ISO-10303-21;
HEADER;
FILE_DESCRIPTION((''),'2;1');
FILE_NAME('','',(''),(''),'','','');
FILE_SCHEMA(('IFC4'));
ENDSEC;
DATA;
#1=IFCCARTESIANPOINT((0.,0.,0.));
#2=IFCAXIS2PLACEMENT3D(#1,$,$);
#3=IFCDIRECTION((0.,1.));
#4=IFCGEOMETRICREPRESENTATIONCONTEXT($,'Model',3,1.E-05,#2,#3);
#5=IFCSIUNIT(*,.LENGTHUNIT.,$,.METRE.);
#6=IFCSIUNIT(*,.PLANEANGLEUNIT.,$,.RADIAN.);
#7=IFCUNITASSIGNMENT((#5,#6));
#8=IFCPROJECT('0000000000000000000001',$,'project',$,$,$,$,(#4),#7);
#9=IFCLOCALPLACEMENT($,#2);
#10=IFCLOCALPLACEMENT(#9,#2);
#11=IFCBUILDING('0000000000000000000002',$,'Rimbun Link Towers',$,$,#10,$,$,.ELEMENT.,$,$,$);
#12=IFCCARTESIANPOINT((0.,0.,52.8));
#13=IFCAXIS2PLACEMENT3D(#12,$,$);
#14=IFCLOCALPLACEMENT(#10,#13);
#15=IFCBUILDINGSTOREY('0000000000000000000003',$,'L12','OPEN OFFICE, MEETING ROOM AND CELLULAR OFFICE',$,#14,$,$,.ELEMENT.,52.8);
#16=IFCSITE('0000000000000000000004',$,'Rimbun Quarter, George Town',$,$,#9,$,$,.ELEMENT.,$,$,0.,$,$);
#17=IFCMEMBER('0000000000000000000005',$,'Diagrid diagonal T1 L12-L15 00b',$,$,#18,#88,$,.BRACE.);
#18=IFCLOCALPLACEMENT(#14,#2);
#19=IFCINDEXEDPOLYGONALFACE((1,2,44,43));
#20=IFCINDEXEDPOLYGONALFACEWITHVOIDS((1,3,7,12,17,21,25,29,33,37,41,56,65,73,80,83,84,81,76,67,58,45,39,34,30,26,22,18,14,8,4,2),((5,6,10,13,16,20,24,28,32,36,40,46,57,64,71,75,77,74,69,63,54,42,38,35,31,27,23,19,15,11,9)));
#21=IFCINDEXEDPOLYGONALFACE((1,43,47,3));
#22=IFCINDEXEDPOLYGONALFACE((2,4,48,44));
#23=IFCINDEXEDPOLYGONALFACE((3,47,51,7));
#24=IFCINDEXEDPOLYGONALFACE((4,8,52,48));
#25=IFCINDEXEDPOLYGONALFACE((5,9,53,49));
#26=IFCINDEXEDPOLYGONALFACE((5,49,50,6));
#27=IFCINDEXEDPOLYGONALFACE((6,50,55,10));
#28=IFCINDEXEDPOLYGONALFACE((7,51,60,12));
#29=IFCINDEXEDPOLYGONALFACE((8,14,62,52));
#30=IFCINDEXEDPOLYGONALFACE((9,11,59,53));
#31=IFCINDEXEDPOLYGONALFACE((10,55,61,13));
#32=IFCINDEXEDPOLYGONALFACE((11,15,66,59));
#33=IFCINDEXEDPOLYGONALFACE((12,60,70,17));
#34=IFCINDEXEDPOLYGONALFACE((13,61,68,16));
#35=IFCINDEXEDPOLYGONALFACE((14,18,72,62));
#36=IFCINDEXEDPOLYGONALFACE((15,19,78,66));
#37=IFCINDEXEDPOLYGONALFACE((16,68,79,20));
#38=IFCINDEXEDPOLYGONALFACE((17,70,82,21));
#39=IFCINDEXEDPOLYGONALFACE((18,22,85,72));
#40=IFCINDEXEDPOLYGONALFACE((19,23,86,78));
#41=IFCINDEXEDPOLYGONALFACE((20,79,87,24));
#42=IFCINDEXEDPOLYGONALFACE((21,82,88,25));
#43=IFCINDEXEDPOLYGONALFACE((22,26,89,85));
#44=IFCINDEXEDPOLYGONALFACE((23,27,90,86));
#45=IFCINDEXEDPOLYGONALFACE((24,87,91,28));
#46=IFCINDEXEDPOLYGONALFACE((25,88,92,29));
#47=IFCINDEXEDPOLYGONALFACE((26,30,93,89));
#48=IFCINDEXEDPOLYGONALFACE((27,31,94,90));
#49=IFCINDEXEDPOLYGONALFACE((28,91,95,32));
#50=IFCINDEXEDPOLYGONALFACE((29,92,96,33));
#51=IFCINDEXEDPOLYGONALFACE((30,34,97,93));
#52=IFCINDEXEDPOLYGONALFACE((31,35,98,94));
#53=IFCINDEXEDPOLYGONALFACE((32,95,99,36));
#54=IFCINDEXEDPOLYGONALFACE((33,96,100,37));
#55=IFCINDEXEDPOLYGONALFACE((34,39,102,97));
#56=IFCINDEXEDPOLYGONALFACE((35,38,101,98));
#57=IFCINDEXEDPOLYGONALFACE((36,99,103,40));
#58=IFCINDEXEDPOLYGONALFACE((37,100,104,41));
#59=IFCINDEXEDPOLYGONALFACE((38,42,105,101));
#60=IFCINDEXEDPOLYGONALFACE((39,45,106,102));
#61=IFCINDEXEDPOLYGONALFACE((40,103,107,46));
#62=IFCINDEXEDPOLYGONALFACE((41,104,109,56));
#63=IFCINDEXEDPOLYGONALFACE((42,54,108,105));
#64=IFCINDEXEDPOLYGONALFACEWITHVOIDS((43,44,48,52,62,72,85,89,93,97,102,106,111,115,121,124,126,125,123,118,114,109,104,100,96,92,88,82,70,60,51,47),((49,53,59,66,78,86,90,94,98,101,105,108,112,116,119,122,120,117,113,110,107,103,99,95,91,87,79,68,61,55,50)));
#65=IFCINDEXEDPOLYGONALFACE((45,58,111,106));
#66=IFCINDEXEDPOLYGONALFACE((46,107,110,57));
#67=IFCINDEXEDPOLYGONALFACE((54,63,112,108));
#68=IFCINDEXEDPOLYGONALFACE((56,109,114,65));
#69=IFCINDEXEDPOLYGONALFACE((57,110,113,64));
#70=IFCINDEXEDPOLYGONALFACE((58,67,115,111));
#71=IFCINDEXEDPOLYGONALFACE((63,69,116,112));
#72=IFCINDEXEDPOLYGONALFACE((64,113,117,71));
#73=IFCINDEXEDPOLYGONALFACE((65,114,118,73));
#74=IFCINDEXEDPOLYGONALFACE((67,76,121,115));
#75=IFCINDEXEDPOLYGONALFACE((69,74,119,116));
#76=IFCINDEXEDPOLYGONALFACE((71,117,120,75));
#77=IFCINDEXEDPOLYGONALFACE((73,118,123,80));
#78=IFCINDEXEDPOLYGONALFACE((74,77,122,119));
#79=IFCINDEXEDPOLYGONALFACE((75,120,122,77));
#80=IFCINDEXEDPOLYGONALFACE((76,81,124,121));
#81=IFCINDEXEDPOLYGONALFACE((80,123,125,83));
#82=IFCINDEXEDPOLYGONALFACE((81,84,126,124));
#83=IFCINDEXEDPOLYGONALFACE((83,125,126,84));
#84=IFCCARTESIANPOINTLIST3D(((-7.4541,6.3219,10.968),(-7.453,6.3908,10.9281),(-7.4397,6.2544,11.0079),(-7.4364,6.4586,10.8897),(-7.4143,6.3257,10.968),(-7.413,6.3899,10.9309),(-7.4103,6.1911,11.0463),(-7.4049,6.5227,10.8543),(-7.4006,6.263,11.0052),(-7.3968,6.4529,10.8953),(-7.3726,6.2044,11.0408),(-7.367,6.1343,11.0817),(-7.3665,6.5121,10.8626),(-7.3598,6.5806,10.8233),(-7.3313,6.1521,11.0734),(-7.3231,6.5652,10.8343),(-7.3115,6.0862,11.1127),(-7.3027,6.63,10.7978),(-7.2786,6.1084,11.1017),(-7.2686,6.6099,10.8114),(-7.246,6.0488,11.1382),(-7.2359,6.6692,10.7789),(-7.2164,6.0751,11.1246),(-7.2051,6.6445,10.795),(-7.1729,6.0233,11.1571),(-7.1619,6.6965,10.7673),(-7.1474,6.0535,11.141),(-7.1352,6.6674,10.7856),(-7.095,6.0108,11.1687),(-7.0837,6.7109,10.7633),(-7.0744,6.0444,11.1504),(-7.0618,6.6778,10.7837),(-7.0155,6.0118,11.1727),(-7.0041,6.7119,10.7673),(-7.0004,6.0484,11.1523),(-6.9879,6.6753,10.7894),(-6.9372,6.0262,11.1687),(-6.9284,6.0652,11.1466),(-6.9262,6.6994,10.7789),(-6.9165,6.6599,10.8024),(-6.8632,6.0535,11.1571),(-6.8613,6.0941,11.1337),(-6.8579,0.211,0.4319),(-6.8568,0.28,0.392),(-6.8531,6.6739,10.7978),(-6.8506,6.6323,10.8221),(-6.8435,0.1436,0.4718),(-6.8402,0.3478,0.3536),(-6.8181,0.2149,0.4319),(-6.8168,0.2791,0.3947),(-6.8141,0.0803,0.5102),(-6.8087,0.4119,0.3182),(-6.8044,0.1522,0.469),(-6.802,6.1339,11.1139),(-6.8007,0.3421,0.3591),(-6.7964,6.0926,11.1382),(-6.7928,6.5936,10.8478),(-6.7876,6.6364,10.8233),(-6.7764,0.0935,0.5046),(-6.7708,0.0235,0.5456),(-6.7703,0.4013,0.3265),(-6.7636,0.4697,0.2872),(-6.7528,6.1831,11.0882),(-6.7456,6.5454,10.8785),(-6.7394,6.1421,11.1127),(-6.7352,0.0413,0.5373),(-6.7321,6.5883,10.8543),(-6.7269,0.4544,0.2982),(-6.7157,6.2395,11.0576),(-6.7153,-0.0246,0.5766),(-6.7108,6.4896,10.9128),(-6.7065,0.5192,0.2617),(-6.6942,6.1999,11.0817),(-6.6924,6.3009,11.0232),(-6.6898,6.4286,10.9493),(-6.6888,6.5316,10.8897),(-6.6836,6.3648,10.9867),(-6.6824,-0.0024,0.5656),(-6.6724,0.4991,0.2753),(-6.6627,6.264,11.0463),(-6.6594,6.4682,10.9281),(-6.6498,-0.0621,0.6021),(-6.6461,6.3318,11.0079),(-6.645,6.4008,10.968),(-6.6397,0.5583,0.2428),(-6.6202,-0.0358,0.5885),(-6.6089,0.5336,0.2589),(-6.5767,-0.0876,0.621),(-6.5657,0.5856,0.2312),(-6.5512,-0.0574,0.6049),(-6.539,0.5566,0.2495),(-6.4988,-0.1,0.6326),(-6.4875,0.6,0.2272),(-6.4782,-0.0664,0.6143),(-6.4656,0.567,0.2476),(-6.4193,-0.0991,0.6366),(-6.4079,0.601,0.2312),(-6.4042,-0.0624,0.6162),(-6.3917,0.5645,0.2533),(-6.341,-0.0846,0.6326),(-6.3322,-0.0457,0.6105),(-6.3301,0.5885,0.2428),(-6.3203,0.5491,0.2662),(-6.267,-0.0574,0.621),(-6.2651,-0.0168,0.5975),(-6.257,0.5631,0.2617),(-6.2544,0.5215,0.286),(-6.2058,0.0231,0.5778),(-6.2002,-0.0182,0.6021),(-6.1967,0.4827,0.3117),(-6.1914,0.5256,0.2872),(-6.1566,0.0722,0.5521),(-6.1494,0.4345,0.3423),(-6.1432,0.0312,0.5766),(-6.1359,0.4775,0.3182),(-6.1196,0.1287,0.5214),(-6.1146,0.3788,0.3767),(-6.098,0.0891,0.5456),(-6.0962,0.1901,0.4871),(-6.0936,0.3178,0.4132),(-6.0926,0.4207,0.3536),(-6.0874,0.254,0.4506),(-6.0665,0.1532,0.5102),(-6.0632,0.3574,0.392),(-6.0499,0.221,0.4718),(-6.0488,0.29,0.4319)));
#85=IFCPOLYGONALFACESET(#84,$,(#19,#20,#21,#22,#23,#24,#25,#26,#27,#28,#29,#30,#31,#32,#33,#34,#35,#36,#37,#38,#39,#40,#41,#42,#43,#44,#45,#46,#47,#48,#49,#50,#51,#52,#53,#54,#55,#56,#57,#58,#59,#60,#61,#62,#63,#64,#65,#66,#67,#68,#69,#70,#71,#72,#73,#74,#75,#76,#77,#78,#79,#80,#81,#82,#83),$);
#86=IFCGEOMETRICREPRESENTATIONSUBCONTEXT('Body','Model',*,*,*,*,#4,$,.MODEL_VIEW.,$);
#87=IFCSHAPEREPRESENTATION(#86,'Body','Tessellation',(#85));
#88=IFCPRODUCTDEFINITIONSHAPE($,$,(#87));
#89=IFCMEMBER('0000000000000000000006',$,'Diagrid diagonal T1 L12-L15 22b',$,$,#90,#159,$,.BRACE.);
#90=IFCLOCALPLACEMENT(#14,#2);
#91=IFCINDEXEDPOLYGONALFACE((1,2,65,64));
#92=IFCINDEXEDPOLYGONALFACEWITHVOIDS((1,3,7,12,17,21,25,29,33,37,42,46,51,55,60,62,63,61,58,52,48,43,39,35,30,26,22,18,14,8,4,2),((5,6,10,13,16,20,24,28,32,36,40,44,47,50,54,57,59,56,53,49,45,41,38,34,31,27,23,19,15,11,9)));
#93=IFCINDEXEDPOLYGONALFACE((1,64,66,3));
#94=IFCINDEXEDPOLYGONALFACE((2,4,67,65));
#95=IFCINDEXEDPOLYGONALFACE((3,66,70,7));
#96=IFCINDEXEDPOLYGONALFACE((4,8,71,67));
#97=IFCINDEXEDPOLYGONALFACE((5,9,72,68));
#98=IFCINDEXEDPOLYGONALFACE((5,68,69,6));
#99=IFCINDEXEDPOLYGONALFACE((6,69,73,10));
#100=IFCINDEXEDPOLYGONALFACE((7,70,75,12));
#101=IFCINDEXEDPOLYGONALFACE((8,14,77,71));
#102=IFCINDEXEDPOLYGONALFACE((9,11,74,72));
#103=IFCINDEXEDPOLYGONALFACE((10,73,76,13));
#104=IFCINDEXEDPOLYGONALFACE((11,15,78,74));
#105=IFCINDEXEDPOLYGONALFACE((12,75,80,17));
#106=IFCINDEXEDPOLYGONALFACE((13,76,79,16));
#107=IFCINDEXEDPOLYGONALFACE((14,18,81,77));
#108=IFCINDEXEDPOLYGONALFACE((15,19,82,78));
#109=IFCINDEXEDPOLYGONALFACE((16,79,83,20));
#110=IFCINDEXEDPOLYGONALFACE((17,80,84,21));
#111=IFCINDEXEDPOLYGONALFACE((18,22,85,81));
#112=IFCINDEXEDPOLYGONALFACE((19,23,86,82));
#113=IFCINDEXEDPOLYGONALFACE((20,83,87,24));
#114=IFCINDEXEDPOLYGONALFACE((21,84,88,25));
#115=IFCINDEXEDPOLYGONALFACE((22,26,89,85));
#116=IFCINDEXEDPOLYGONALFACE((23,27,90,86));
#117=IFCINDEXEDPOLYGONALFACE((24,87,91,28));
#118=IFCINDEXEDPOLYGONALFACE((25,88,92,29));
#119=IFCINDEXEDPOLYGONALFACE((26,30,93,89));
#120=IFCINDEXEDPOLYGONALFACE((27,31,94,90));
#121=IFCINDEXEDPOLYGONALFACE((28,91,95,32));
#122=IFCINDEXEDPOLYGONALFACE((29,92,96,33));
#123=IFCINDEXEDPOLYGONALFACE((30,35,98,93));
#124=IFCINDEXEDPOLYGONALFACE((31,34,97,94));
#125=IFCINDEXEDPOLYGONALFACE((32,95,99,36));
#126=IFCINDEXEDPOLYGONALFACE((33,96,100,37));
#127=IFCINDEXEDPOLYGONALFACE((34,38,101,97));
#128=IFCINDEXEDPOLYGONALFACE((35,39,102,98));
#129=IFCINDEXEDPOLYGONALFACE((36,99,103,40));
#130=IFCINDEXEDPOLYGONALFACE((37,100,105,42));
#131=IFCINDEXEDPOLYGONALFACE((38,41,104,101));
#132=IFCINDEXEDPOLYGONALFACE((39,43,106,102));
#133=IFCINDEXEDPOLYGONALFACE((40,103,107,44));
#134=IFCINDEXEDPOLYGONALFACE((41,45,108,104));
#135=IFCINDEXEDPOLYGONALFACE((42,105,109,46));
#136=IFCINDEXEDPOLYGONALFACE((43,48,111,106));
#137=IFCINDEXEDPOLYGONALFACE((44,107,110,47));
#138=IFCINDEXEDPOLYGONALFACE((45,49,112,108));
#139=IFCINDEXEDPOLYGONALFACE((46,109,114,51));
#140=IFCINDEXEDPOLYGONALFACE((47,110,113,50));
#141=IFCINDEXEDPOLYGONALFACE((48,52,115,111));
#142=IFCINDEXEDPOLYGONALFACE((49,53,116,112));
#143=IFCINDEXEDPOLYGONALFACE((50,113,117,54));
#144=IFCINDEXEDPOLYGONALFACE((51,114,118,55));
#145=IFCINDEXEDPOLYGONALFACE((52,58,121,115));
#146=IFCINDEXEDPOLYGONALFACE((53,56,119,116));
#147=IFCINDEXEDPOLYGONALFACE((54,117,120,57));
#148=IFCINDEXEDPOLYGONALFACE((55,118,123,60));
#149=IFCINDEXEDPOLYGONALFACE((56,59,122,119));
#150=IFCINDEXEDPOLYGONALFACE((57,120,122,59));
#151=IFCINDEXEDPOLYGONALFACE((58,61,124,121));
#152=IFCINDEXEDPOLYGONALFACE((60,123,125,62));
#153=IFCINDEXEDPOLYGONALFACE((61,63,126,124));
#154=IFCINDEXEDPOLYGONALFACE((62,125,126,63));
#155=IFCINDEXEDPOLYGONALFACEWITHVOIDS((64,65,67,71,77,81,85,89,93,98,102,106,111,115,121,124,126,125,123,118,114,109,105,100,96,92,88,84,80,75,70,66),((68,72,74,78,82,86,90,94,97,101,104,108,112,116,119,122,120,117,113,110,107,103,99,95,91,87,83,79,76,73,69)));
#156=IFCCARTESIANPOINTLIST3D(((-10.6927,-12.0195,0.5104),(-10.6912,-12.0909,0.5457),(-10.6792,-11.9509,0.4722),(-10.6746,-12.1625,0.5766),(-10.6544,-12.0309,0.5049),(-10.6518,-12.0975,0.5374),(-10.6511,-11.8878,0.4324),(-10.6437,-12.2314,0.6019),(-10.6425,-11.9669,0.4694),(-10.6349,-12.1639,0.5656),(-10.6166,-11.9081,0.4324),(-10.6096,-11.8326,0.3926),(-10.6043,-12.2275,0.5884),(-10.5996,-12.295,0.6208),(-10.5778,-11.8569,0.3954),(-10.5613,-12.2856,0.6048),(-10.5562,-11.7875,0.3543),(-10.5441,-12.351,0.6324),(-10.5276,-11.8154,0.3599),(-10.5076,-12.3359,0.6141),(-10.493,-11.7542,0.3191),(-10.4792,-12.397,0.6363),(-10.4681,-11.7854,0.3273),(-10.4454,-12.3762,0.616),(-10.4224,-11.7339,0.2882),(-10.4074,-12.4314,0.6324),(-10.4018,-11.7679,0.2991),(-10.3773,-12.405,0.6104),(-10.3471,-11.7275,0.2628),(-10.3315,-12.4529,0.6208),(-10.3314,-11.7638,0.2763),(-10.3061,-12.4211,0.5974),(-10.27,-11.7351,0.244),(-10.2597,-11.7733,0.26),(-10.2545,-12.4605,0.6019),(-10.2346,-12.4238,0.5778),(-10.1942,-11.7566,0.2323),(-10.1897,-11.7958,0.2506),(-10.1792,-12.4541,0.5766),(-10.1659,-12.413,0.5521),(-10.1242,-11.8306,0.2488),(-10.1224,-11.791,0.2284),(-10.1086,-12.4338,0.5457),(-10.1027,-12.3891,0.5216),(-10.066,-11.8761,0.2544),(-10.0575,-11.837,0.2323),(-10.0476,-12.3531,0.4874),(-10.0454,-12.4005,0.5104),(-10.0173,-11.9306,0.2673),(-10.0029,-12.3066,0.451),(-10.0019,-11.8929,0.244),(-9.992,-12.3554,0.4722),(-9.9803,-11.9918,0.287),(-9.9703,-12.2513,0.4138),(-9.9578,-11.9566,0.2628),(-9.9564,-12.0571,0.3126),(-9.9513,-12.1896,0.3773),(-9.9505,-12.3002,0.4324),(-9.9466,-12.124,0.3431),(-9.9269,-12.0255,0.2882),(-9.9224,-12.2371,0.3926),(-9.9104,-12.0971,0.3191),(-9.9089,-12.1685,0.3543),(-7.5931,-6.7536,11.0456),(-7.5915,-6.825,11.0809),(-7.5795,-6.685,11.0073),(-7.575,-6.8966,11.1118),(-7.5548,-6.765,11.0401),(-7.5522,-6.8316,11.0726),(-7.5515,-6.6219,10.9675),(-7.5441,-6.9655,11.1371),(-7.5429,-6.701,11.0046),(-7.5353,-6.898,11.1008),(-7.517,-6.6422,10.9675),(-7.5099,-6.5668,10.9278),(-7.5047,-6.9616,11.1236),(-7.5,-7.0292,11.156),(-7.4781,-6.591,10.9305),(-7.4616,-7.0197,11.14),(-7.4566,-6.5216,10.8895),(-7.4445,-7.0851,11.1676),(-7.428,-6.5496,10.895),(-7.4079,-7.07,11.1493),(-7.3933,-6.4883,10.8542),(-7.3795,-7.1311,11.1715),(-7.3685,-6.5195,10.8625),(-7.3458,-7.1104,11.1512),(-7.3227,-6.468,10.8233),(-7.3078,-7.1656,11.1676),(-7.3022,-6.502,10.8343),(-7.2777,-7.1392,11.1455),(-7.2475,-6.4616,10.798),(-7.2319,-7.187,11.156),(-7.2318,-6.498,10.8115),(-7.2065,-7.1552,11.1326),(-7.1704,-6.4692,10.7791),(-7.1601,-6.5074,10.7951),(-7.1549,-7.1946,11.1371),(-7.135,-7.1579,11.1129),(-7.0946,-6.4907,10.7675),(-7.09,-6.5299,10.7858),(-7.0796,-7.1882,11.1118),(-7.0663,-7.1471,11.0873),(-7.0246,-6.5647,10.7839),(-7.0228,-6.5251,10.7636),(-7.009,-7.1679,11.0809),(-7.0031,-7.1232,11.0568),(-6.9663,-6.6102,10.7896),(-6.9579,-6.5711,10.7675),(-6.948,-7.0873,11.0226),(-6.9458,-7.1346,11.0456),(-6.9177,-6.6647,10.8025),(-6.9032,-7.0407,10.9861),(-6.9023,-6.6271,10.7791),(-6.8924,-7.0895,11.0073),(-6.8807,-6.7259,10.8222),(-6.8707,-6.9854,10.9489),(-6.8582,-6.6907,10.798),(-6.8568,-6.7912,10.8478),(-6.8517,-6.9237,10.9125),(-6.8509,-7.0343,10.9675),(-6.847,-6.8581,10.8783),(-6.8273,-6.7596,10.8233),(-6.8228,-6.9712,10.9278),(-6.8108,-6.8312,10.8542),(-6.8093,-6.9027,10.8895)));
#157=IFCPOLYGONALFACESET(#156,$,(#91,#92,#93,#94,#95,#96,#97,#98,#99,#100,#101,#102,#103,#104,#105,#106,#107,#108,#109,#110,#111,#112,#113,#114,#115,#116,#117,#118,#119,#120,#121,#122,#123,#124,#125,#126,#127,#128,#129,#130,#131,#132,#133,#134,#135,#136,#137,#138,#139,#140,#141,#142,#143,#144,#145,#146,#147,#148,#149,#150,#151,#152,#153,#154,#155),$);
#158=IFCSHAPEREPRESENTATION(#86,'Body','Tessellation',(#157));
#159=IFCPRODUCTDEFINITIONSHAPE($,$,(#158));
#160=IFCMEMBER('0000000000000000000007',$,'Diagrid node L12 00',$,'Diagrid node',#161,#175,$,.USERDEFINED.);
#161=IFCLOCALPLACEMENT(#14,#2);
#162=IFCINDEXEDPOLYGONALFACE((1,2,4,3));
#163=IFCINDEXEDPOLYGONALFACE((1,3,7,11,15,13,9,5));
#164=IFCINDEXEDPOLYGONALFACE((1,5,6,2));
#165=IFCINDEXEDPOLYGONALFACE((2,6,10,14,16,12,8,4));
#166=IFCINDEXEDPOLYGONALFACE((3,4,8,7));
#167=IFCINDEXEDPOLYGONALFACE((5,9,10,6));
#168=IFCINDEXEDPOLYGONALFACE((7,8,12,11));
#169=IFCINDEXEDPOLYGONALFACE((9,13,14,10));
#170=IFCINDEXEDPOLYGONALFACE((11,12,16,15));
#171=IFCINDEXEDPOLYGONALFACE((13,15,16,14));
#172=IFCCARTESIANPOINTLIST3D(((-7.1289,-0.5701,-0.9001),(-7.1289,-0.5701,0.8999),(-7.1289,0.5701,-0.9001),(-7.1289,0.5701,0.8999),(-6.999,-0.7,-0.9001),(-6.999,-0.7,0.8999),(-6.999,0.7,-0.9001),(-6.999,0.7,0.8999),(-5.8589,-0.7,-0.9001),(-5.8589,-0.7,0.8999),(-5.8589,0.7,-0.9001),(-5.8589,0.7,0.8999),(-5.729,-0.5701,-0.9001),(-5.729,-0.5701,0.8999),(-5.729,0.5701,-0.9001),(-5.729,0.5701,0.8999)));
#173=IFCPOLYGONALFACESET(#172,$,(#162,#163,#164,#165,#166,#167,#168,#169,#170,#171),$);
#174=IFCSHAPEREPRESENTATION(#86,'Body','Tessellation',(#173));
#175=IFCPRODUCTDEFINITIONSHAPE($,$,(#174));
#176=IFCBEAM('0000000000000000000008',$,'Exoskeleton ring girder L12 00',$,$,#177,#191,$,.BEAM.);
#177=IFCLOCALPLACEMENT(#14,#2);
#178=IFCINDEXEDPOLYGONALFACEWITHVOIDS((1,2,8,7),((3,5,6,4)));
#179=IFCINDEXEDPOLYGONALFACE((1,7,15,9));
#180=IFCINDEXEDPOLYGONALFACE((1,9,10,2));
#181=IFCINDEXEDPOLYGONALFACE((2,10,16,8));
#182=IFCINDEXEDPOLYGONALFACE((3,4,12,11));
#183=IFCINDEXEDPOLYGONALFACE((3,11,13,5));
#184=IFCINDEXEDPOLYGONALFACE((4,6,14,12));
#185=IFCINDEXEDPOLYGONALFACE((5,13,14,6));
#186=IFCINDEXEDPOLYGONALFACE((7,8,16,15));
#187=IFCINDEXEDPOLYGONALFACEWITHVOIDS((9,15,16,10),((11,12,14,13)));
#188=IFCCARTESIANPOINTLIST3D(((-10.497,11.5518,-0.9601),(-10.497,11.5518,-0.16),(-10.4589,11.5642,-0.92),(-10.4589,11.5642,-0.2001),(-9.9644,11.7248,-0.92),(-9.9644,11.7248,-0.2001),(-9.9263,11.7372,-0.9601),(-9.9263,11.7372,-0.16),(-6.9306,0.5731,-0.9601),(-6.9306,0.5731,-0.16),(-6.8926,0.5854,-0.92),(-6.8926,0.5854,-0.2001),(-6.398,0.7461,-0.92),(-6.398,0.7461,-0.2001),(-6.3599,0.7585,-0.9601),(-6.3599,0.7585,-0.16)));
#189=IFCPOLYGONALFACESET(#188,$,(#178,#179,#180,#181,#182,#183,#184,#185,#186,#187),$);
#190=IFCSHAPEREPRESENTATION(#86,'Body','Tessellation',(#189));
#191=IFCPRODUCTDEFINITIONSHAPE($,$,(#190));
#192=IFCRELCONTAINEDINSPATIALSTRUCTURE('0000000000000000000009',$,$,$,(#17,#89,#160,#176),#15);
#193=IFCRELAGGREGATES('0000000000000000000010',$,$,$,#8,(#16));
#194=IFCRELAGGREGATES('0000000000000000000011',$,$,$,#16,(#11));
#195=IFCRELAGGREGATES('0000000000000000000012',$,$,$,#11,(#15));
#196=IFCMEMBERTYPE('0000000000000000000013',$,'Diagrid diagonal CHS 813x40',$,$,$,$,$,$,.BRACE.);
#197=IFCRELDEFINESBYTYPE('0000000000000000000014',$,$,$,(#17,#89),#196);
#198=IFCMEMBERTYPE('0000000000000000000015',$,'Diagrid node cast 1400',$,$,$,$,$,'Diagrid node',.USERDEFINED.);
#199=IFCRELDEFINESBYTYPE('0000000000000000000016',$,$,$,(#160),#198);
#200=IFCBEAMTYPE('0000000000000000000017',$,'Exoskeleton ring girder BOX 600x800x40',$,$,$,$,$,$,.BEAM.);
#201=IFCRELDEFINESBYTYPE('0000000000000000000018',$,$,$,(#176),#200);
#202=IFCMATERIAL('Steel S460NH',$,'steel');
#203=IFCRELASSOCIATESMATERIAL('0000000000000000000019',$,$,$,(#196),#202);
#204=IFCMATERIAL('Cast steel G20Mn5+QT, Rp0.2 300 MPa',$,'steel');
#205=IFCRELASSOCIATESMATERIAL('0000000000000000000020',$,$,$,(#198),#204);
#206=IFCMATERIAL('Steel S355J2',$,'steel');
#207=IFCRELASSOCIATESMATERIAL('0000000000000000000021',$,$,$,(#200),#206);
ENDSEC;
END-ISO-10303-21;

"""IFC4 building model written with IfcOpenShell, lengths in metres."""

from ifc_helpers import new_model, si_unit, direction, frame, origin, origin_2d, place, context, subcontext, project, spatial, polyline, hollow_rectangle, hollow_circle, outline, extrude, material, material_profile, profile_set, type_object, element, save


model = new_model("IFC4")

# Units and contexts
model_context = context("Model", 3, precision=1e-05, world=origin(), true_north=direction((0.0, 1.0)))
body_context = subcontext(model_context, "Body", "Model", "MODEL_VIEW")
ifc_project = project(units=[si_unit("LENGTHUNIT", "METRE"), si_unit("PLANEANGLEUNIT", "RADIAN")], contexts=[model_context])

# Site, building, storey
site_placement = place(None, origin())
site = spatial("IfcSite", under=ifc_project, at=site_placement, Name="Rimbun Quarter, George Town", CompositionType="ELEMENT", RefElevation=0.0)
building_placement = place(site_placement, origin())
building = spatial("IfcBuilding", under=site, at=building_placement, Name="Rimbun Link Towers", CompositionType="ELEMENT")
storey_placement = place(building_placement, frame((0.0, 0.0, 52.8)))
storey = spatial("IfcBuildingStorey", under=building, at=storey_placement, Name="L12", Description="OPEN OFFICE, MEETING ROOM AND CELLULAR OFFICE", CompositionType="ELEMENT", Elevation=52.8)

# Members
ifc_material_1 = material(Name="Steel S460NH", Category="steel")
ifc_material_profile_1 = material_profile(ifc_material_1, hollow_circle(Radius=0.4065, WallThickness=0.04, at=origin_2d()), Name="Diagrid diagonal CHS 813x40")
ifc_profile_set_1 = profile_set([ifc_material_profile_1], Name="Steel S460NH")
member_type_1 = type_object("IfcMemberType", Name="Diagrid diagonal CHS 813x40", PredefinedType="BRACE", material=ifc_profile_set_1)
for number, where, z_axis, x_axis, name in (
    (1, (-6.4534, 0.2505, 0.4319), (-0.04889, 0.501111, 0.864001), (-0.995274, -0.097102, 0.0), "Diagrid diagonal T1 L12-L15 00b"),
):
    element("IfcMember", number, at=place(storey_placement, frame(where, z_axis=z_axis, x_axis=x_axis)), inside=storey, type_object=member_type_1, Name=name, PredefinedType="BRACE", context=body_context, shape_type="SweptSolid", body=[
        extrude(hollow_circle(Radius=0.4065, WallThickness=0.04, at=origin_2d()), origin(), (0.0, 0.0, 1.0), 12.1946),
    ])
member_1_placement = place(storey_placement, frame((-10.3008, -12.094, 0.4324), z_axis=(0.254506, 0.432375, 0.865031), x_axis=(-0.861788, 0.507268, 0.0)))
element("IfcMember", 2, at=member_1_placement, inside=storey, type_object=member_type_1, Name="Diagrid diagonal T1 L12-L15 22b", PredefinedType="BRACE", context=body_context, shape_type="SweptSolid", body=[
    extrude(hollow_circle(Radius=0.4065, WallThickness=0.04, at=origin_2d()), origin(), (0.0, 0.0, 1.0), 12.179),
])
ifc_material_2 = material(Name="Cast steel G20Mn5+QT, Rp0.2 300 MPa", Category="steel")
ifc_material_profile_2 = material_profile(ifc_material_2, outline(polyline([(0.7, -0.5701), (0.7, 0.5701), (0.5701, 0.7), (-0.5701, 0.7), (-0.7, 0.5701), (-0.7, -0.5701), (-0.5701, -0.7), (0.5701, -0.7), (0.7, -0.5701)])), Name="NODE 1400x1400")
ifc_profile_set_2 = profile_set([ifc_material_profile_2], Name="Cast steel G20Mn5+QT, Rp0.2 300 MPa")
member_type_2 = type_object("IfcMemberType", Name="Diagrid node cast 1400", ElementType="Diagrid node", PredefinedType="USERDEFINED", material=ifc_profile_set_2)
member_2_placement = place(storey_placement, frame((-6.429, 0.0, -0.9001), z_axis=(0.0, 0.0, 1.0), x_axis=(1.0, 0.0, 0.0)))
element("IfcMember", 3, at=member_2_placement, inside=storey, type_object=member_type_2, Name="Diagrid node L12 00", ObjectType="Diagrid node", PredefinedType="USERDEFINED", context=body_context, shape_type="SweptSolid", body=[
    extrude(outline(polyline([(0.7, -0.5701), (0.7, 0.5701), (0.5701, 0.7), (-0.5701, 0.7), (-0.7, 0.5701), (-0.7, -0.5701), (-0.5701, -0.7), (0.5701, -0.7), (0.7, -0.5701)])), origin(), (0.0, 0.0, 1.0), 1.8),
])

# Beam
ifc_material_3 = material(Name="Steel S355J2", Category="steel")
ifc_material_profile_3 = material_profile(ifc_material_3, hollow_rectangle(XDim=0.6001, YDim=0.8, WallThickness=0.04, at=origin_2d()), Name="Exoskeleton ring girder BOX 600x800x40")
ifc_profile_set_3 = profile_set([ifc_material_profile_3], Name="Steel S355J2")
beam_type_1 = type_object("IfcBeamType", Name="Exoskeleton ring girder BOX 600x800x40", PredefinedType="BEAM", material=ifc_profile_set_3)
for number, where, z_axis, x_axis, name in (
    (4, (-6.6453, 0.6658, -0.5601), (-0.308954, 0.951077, 0.0), (-0.951077, -0.308954, 0.0), "Exoskeleton ring girder L12 00"),
):
    element("IfcBeam", number, at=place(storey_placement, frame(where, z_axis=z_axis, x_axis=x_axis)), inside=storey, type_object=beam_type_1, Name=name, PredefinedType="BEAM", context=body_context, shape_type="SweptSolid", body=[
        extrude(hollow_rectangle(XDim=0.6001, YDim=0.8, WallThickness=0.04, at=origin_2d()), origin(), (0.0, 0.0, 1.0), 11.5435),
    ])

save(model, "model.ifc")
